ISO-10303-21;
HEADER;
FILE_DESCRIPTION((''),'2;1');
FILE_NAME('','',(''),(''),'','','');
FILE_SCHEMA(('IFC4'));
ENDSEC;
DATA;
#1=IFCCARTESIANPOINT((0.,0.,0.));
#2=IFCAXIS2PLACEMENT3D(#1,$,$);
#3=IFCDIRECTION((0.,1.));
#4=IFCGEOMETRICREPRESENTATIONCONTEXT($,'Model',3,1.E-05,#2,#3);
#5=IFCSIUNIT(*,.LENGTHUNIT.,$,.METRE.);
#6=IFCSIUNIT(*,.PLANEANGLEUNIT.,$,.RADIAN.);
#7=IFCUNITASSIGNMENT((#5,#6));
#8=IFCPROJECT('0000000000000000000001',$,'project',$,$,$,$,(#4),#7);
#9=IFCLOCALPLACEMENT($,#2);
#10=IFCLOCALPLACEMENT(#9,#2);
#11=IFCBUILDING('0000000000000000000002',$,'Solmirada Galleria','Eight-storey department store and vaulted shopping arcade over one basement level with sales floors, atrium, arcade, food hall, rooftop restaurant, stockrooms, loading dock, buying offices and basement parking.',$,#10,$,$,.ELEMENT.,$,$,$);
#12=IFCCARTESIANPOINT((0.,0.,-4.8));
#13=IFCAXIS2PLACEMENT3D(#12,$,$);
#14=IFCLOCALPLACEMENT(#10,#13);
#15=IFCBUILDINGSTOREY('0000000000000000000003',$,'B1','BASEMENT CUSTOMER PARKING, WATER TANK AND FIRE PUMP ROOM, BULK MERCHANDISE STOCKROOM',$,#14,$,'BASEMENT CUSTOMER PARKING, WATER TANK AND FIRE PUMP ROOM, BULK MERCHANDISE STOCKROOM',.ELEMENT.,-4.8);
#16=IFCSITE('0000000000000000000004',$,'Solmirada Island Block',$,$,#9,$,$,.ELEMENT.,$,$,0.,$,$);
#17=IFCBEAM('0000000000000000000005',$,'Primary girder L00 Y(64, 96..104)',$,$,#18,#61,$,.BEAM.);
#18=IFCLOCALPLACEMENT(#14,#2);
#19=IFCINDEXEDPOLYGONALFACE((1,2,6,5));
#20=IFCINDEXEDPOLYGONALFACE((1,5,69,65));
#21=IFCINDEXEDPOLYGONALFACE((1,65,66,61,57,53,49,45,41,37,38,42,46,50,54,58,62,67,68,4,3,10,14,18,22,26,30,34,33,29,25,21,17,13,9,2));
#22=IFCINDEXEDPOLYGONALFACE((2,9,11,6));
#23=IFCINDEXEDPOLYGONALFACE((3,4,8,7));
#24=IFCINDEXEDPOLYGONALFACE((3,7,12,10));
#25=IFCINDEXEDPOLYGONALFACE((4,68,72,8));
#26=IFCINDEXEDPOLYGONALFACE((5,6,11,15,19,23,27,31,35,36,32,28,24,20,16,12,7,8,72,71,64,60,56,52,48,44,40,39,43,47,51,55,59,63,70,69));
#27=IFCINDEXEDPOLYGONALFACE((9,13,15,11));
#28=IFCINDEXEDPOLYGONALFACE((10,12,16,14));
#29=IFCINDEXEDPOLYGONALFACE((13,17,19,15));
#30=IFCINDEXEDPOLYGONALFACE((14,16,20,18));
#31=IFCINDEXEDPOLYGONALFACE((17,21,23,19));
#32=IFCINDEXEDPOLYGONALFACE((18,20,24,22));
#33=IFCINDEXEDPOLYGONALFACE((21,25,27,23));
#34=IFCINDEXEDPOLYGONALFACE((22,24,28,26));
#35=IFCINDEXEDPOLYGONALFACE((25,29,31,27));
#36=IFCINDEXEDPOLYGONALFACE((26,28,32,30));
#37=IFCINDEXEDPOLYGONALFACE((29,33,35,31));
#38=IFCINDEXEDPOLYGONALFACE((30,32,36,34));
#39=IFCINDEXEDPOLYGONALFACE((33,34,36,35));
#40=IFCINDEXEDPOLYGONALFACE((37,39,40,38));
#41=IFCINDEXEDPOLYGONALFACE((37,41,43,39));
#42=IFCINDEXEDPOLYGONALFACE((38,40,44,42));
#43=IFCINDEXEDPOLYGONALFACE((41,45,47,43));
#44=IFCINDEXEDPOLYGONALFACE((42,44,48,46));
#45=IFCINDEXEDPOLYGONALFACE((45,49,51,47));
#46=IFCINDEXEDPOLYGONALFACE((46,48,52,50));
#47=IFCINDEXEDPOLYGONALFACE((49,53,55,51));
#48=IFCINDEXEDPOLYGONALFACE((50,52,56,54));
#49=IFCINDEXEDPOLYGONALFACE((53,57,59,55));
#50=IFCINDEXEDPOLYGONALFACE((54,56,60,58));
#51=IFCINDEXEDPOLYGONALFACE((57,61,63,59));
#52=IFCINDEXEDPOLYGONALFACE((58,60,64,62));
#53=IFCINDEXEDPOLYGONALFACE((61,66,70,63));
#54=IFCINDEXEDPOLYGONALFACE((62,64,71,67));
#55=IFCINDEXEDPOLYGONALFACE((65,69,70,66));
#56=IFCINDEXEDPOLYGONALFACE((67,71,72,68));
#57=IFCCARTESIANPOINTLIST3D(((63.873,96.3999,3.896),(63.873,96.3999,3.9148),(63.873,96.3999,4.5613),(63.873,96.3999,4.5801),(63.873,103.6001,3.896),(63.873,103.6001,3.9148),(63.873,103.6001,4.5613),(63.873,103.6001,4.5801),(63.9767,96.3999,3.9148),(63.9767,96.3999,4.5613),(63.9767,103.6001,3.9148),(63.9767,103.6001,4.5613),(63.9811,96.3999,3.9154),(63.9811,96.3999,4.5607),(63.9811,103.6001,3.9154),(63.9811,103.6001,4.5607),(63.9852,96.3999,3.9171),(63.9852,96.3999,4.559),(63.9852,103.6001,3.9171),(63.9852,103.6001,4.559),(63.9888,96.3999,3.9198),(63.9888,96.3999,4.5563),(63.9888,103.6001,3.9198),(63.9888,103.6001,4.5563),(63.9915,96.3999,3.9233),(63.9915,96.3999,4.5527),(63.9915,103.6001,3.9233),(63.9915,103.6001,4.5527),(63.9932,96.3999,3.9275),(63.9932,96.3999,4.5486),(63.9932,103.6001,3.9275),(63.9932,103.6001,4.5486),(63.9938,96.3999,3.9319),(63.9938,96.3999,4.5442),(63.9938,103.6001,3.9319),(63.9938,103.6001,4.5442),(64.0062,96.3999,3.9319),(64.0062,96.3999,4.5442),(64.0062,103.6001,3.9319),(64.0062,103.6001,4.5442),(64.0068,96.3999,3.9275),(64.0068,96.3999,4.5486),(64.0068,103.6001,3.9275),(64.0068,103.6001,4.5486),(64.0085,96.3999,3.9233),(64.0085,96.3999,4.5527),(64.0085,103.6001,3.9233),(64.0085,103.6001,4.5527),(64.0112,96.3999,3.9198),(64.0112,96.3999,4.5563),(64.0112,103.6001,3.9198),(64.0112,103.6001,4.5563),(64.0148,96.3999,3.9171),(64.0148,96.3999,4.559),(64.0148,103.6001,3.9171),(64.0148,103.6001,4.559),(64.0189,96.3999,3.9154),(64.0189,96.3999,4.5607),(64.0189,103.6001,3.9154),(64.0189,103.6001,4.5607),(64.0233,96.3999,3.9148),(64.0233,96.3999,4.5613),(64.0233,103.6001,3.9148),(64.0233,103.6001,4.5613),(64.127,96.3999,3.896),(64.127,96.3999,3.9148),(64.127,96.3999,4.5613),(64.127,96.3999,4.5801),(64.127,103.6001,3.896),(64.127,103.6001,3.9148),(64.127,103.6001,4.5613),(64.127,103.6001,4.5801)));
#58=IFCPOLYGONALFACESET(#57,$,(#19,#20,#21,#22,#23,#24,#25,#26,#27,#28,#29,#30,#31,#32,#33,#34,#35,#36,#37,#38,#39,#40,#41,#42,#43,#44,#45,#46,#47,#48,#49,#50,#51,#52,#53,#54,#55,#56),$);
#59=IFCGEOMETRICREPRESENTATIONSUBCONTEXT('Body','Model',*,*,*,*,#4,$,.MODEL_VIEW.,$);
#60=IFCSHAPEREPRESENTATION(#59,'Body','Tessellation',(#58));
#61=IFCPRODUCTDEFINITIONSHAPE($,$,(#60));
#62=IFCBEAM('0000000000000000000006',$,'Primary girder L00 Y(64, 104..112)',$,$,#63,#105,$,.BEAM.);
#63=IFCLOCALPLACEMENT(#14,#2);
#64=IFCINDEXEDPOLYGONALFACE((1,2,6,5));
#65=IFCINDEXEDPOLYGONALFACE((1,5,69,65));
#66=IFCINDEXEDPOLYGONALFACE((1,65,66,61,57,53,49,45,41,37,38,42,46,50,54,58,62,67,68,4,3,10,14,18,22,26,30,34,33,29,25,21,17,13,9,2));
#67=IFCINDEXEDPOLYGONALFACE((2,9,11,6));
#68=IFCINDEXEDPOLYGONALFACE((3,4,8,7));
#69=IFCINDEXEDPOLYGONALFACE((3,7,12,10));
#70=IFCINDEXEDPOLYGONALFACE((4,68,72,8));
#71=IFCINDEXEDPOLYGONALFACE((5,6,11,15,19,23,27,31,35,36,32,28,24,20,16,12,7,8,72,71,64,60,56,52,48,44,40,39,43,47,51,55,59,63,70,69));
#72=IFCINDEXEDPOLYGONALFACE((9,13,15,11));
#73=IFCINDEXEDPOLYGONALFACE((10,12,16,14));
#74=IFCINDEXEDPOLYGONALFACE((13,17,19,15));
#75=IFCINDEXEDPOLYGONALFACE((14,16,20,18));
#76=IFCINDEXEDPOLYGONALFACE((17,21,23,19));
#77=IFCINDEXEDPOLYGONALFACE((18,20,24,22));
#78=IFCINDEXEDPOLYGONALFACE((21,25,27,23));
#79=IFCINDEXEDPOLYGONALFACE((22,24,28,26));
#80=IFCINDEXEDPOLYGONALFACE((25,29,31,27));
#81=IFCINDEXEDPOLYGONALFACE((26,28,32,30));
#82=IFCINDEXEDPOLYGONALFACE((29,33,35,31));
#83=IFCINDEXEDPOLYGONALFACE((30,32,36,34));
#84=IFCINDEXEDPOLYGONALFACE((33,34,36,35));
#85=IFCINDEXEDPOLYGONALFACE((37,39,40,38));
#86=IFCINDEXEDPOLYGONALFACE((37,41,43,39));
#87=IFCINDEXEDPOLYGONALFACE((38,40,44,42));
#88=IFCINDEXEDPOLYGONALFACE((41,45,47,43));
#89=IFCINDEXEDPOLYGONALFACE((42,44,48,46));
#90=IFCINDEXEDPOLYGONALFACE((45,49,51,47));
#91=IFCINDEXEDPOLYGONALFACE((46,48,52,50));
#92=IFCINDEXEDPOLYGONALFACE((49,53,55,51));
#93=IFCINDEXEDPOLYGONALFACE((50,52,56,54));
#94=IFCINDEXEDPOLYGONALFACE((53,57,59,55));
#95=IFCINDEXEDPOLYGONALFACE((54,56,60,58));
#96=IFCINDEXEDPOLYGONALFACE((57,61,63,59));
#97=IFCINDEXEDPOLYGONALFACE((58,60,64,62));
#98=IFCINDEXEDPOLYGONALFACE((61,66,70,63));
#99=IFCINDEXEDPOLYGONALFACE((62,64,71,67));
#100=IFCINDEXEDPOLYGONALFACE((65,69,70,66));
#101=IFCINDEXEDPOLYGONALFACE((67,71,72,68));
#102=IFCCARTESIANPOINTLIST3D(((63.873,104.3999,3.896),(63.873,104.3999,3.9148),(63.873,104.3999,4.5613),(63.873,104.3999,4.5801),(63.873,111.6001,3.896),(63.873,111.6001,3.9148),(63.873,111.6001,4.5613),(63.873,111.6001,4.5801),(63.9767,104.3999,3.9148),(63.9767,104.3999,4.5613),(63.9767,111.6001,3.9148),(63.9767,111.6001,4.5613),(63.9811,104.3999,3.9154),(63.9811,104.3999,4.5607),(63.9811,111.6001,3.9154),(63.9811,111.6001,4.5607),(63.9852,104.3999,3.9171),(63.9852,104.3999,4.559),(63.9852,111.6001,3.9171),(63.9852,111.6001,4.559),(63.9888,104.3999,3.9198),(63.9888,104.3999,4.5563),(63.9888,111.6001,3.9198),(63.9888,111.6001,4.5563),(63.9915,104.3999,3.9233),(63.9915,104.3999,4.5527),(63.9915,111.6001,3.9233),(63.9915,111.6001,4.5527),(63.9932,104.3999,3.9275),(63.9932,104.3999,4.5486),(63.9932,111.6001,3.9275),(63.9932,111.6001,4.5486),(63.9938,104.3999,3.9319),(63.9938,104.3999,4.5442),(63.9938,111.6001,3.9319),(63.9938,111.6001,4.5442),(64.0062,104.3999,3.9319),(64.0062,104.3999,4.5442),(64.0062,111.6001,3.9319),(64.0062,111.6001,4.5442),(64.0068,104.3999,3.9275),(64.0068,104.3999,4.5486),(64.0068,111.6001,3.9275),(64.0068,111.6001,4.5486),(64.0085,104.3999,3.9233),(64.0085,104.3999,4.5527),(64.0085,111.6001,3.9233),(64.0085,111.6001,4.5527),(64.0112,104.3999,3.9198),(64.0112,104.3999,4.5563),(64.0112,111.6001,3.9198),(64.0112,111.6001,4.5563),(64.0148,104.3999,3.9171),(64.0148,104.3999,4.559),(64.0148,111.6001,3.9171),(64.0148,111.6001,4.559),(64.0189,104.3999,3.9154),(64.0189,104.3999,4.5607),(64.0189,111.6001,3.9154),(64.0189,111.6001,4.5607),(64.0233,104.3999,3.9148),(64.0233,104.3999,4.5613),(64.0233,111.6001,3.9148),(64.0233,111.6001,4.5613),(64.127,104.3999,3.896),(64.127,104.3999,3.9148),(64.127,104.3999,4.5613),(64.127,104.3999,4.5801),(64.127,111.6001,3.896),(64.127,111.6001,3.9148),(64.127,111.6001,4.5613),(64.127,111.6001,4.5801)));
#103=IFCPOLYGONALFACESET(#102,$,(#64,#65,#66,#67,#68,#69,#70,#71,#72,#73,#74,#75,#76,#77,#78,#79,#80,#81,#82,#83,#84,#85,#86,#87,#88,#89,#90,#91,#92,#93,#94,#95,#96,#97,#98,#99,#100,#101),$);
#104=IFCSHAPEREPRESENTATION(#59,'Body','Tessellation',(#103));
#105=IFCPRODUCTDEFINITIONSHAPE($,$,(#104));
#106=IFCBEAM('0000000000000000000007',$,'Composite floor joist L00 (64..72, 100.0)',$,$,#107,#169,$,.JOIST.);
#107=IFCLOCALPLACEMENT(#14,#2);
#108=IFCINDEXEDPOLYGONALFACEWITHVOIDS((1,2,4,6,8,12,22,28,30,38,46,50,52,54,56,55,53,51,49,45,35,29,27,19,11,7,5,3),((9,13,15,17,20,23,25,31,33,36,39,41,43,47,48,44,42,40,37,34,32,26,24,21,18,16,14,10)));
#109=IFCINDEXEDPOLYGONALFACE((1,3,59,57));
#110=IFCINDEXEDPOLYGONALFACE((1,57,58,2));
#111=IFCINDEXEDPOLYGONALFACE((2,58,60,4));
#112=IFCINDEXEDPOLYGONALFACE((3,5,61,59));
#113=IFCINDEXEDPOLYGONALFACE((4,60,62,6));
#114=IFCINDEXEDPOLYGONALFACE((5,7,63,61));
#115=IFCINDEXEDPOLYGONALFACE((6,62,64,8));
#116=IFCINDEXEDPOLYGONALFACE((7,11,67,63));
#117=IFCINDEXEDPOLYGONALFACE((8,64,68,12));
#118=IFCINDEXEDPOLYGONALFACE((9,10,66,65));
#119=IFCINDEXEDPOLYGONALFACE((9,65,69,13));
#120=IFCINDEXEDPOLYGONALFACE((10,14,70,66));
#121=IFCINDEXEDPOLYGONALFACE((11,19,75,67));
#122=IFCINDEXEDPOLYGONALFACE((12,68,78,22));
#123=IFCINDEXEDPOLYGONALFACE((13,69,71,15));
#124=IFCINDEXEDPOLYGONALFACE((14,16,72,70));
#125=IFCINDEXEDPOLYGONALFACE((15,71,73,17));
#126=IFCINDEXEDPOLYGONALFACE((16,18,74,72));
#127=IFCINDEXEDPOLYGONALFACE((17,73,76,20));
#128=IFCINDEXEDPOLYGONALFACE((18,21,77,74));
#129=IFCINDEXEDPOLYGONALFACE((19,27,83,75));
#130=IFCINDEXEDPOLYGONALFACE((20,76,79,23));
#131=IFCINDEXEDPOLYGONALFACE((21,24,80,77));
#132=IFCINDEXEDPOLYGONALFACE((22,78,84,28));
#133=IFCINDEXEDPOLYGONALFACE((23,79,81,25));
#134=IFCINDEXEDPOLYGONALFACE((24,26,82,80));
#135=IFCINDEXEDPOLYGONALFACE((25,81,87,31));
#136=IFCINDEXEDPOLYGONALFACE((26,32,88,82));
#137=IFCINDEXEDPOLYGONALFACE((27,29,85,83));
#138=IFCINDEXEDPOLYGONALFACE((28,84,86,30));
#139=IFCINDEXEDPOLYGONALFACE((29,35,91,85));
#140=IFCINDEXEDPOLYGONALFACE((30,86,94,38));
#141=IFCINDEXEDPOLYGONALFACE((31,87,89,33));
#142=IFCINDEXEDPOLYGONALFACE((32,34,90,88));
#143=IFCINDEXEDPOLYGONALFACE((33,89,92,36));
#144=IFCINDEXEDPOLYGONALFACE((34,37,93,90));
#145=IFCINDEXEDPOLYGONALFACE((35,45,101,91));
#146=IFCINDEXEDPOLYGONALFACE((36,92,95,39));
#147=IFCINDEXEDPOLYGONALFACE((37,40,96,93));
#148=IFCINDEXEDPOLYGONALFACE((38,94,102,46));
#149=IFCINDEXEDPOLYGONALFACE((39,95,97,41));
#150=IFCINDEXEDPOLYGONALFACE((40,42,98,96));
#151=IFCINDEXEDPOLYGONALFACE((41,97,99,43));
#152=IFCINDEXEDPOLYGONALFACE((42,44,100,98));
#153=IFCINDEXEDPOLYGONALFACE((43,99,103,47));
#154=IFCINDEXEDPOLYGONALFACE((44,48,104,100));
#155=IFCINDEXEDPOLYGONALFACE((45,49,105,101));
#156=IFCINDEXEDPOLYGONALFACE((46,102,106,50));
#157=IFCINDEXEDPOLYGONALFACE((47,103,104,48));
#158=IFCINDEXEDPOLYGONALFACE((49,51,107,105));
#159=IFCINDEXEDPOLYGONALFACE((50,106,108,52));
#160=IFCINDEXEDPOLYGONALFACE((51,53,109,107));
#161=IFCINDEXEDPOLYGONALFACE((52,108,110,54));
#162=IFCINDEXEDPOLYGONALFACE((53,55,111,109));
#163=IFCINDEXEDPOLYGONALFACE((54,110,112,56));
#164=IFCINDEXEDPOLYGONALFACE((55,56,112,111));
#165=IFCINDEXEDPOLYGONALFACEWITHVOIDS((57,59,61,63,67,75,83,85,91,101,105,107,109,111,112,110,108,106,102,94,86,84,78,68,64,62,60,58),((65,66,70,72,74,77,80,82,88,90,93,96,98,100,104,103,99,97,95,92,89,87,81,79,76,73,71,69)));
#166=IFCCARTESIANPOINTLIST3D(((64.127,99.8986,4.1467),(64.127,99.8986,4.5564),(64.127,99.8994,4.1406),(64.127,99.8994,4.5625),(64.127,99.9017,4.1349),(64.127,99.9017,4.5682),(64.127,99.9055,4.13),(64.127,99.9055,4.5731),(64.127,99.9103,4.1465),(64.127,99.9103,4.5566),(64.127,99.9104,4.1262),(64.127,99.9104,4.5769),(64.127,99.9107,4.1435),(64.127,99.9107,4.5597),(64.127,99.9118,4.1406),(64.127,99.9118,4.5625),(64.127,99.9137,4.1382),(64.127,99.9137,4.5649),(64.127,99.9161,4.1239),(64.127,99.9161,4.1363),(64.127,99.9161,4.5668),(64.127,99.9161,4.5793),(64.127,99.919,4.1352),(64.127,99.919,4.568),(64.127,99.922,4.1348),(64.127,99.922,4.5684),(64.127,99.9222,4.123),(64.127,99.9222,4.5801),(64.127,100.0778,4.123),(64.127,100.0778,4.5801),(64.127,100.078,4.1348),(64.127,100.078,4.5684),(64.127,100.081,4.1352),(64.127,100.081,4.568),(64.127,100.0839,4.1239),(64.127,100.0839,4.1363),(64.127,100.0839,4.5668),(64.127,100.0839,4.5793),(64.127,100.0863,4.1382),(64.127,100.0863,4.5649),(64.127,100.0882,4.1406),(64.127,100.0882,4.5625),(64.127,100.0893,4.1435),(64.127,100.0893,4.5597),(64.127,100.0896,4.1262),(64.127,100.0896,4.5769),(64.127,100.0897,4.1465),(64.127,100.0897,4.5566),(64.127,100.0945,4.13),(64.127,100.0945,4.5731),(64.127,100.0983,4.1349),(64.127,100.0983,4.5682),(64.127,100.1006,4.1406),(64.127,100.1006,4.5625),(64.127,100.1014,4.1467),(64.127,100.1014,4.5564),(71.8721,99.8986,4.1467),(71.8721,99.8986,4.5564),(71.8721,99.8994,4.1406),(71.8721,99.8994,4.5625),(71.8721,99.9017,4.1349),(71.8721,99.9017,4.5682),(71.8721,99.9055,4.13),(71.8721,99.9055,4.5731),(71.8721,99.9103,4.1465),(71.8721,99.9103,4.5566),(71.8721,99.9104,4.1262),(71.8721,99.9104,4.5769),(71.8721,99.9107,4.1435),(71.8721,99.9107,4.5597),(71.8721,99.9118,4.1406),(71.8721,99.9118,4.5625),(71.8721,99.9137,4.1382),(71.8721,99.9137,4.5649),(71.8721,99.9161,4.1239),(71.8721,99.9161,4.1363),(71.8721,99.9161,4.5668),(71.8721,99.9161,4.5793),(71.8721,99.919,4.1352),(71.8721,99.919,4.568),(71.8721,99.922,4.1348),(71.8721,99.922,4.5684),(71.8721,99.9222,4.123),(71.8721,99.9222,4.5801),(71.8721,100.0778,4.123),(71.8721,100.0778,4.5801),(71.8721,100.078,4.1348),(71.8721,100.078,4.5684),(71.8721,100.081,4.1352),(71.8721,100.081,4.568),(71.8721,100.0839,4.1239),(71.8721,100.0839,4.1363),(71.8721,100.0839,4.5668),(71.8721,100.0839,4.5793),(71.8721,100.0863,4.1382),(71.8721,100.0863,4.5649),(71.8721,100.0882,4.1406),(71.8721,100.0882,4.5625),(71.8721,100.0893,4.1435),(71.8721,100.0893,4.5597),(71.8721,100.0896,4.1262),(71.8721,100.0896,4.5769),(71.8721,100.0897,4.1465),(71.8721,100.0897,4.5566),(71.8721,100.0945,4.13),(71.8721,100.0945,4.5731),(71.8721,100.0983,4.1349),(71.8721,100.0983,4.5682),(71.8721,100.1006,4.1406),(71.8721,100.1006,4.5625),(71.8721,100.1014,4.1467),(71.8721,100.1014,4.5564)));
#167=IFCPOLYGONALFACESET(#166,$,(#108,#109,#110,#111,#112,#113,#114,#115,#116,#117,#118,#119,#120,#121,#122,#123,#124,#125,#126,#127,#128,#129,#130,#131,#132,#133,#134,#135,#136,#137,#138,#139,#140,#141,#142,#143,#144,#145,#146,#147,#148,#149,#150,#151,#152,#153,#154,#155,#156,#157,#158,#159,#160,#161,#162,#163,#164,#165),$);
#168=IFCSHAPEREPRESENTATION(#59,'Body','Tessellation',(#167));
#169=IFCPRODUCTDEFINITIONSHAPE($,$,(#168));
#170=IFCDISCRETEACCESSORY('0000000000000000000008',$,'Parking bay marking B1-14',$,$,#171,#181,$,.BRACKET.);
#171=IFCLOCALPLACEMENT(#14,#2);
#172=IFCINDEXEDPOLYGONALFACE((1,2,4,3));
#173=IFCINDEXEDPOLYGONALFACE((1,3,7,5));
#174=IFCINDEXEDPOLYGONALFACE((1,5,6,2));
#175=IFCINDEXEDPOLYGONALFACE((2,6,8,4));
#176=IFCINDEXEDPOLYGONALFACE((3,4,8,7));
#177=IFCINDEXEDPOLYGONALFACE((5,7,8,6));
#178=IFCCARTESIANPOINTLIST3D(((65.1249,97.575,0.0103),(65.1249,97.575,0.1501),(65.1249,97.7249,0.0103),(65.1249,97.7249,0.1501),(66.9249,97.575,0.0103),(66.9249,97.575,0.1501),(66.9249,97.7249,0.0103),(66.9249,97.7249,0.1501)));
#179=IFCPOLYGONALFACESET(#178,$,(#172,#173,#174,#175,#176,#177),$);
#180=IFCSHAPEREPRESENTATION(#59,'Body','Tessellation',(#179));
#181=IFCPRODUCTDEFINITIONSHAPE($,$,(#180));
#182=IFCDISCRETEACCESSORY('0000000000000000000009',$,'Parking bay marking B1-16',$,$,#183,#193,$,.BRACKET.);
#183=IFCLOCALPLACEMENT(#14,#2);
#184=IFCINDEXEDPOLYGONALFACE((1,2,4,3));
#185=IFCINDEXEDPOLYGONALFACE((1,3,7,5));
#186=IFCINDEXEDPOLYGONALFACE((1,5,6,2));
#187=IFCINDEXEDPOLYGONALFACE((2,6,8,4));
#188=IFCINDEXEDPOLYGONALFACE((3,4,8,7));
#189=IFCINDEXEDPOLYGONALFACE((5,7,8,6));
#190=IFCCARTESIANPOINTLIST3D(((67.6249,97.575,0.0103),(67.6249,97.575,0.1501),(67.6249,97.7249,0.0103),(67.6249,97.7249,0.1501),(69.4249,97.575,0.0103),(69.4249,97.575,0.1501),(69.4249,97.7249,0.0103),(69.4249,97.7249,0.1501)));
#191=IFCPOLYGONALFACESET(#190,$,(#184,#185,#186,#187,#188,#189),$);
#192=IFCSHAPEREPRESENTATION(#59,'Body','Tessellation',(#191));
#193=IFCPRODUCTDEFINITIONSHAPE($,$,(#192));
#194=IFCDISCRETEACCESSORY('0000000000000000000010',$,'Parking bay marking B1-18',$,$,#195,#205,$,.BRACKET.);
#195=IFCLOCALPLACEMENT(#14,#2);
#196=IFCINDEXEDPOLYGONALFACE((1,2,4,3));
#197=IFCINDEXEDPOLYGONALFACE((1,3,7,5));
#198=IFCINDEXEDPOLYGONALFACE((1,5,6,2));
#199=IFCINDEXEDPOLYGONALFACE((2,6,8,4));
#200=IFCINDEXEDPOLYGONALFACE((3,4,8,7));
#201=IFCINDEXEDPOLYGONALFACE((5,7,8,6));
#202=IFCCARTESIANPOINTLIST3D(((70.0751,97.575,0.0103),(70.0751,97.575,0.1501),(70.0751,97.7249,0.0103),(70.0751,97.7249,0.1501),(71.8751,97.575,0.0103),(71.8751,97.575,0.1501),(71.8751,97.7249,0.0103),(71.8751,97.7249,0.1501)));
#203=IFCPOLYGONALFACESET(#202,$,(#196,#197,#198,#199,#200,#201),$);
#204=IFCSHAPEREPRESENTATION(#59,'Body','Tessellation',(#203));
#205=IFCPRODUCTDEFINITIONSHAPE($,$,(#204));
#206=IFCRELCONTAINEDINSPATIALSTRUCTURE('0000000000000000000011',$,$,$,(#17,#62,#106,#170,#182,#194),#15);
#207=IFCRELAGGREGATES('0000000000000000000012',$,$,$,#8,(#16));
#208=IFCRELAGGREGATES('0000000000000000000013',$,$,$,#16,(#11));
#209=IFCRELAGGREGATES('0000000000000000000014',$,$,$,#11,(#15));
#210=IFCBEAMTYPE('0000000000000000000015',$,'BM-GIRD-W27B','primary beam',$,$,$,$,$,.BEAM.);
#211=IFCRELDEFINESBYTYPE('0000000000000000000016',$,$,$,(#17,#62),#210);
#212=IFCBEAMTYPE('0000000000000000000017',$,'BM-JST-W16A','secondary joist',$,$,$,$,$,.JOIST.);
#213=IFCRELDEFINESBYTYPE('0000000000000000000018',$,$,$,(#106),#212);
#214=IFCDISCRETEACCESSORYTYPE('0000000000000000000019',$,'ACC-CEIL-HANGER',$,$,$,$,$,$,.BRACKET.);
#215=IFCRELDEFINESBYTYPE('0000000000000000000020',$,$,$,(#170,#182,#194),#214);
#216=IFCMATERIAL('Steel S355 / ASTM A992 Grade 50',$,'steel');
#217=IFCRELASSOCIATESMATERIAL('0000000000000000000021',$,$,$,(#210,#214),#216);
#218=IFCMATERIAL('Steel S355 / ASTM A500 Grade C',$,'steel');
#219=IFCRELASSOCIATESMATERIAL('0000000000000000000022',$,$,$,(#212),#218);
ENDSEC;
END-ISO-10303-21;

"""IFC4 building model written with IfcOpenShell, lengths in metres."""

from ifc_helpers import new_model, si_unit, direction, frame, origin, origin_2d, place, context, subcontext, project, spatial, rectangle, hollow_rectangle, i_section, extrude, material, material_profile, profile_set, type_object, element, save


model = new_model("IFC4")

# Units and contexts
model_context = context("Model", 3, precision=1e-05, world=origin(), true_north=direction((0.0, 1.0)))
body_context = subcontext(model_context, "Body", "Model", "MODEL_VIEW")
ifc_project = project(units=[si_unit("LENGTHUNIT", "METRE"), si_unit("PLANEANGLEUNIT", "RADIAN")], contexts=[model_context])

# Site, building, storey
site_placement = place(None, origin())
site = spatial("IfcSite", under=ifc_project, at=site_placement, Name="Solmirada Island Block", CompositionType="ELEMENT", RefElevation=0.0)
building_placement = place(site_placement, origin())
building = spatial("IfcBuilding", under=site, at=building_placement, Name="Solmirada Galleria", Description="Eight-storey department store and vaulted shopping arcade over one basement level with sales floors, atrium, arcade, food hall, rooftop restaurant, stockrooms, loading dock, buying offices and basement parking.", CompositionType="ELEMENT")
storey_placement = place(building_placement, frame((0.0, 0.0, -4.8)))
storey = spatial("IfcBuildingStorey", under=building, at=storey_placement, Name="B1", Description="BASEMENT CUSTOMER PARKING, WATER TANK AND FIRE PUMP ROOM, BULK MERCHANDISE STOCKROOM", LongName="BASEMENT CUSTOMER PARKING, WATER TANK AND FIRE PUMP ROOM, BULK MERCHANDISE STOCKROOM", CompositionType="ELEMENT", Elevation=-4.8)

# Beams
ifc_material_1 = material(Name="Steel S355 / ASTM A992 Grade 50", Category="steel")
ifc_material_profile_1 = material_profile(ifc_material_1, i_section(OverallWidth=0.2539, OverallDepth=0.6841, WebThickness=0.0125, FlangeThickness=0.0188, FilletRadius=0.0171, at=origin_2d()), Name="W27X94")
ifc_profile_set_1 = profile_set([ifc_material_profile_1], Name="Steel S355 / ASTM A992 Grade 50")
beam_type_1 = type_object("IfcBeamType", Name="BM-GIRD-W27B", Description="primary beam", PredefinedType="BEAM", material=ifc_profile_set_1)
for number, where, z_axis, x_axis, name in (
    (1, (64.0, 96.3999, 4.238), (0.0, 1.0, 0.0), (-1.0, 0.0, 0.0), "Primary girder L00 Y(64, 96..104)"),
    (2, (64.0, 104.3999, 4.238), (0.0, 1.0, 0.0), (-1.0, 0.0, 0.0), "Primary girder L00 Y(64, 104..112)"),
):
    element("IfcBeam", number, at=place(storey_placement, frame(where, z_axis=z_axis, x_axis=x_axis)), inside=storey, type_object=beam_type_1, Name=name, PredefinedType="BEAM", context=body_context, shape_type="SweptSolid", body=[
        extrude(i_section(OverallWidth=0.2539, OverallDepth=0.6841, WebThickness=0.0125, FlangeThickness=0.0188, FilletRadius=0.0171, at=origin_2d()), origin(), (0.0, 0.0, 1.0), 7.2002),
    ])
ifc_material_2 = material(Name="Steel S355 / ASTM A500 Grade C", Category="steel")
ifc_material_profile_2 = material_profile(ifc_material_2, hollow_rectangle(XDim=0.2029, YDim=0.457, WallThickness=0.0117, InnerFilletRadius=0.0117, OuterFilletRadius=0.0237, at=origin_2d()), Name="HSS18X8X1/2")
ifc_profile_set_2 = profile_set([ifc_material_profile_2], Name="Steel S355 / ASTM A500 Grade C")
beam_type_2 = type_object("IfcBeamType", Name="BM-JST-W16A", Description="secondary joist", PredefinedType="JOIST", material=ifc_profile_set_2)
beam_1_placement = place(storey_placement, frame((64.127, 100.0, 4.3516), z_axis=(1.0, 0.0, 0.0), x_axis=(0.0, 1.0, 0.0)))
element("IfcBeam", 3, at=beam_1_placement, inside=storey, type_object=beam_type_2, Name="Composite floor joist L00 (64..72, 100.0)", PredefinedType="JOIST", context=body_context, shape_type="SweptSolid", body=[
    extrude(hollow_rectangle(XDim=0.2029, YDim=0.457, WallThickness=0.0117, InnerFilletRadius=0.0117, OuterFilletRadius=0.0237, at=origin_2d()), origin(), (0.0, 0.0, 1.0), 7.7451),
])

# Discrete accessories
discrete_accessory_type_1 = type_object("IfcDiscreteAccessoryType", Name="ACC-CEIL-HANGER", PredefinedType="BRACKET", material=ifc_material_1)
for number, where, z_axis, x_axis, name in (
    (4, (66.0249, 97.6499, 0.0103), (0.0, 0.0, 1.0), (1.0, 0.0, 0.0), "Parking bay marking B1-14"),
    (5, (68.5249, 97.6499, 0.0103), (0.0, 0.0, 1.0), (1.0, 0.0, 0.0), "Parking bay marking B1-16"),
    (6, (70.9751, 97.6499, 0.0103), (0.0, 0.0, 1.0), (1.0, 0.0, 0.0), "Parking bay marking B1-18"),
):
    element("IfcDiscreteAccessory", number, at=place(storey_placement, frame(where, z_axis=z_axis, x_axis=x_axis)), inside=storey, type_object=discrete_accessory_type_1, Name=name, PredefinedType="BRACKET", context=body_context, shape_type="SweptSolid", body=[
        extrude(rectangle(XDim=1.8, YDim=0.1499, at=origin_2d()), origin(), (0.0, 0.0, 1.0), 0.1399),
    ])

save(model, "model.ifc")
